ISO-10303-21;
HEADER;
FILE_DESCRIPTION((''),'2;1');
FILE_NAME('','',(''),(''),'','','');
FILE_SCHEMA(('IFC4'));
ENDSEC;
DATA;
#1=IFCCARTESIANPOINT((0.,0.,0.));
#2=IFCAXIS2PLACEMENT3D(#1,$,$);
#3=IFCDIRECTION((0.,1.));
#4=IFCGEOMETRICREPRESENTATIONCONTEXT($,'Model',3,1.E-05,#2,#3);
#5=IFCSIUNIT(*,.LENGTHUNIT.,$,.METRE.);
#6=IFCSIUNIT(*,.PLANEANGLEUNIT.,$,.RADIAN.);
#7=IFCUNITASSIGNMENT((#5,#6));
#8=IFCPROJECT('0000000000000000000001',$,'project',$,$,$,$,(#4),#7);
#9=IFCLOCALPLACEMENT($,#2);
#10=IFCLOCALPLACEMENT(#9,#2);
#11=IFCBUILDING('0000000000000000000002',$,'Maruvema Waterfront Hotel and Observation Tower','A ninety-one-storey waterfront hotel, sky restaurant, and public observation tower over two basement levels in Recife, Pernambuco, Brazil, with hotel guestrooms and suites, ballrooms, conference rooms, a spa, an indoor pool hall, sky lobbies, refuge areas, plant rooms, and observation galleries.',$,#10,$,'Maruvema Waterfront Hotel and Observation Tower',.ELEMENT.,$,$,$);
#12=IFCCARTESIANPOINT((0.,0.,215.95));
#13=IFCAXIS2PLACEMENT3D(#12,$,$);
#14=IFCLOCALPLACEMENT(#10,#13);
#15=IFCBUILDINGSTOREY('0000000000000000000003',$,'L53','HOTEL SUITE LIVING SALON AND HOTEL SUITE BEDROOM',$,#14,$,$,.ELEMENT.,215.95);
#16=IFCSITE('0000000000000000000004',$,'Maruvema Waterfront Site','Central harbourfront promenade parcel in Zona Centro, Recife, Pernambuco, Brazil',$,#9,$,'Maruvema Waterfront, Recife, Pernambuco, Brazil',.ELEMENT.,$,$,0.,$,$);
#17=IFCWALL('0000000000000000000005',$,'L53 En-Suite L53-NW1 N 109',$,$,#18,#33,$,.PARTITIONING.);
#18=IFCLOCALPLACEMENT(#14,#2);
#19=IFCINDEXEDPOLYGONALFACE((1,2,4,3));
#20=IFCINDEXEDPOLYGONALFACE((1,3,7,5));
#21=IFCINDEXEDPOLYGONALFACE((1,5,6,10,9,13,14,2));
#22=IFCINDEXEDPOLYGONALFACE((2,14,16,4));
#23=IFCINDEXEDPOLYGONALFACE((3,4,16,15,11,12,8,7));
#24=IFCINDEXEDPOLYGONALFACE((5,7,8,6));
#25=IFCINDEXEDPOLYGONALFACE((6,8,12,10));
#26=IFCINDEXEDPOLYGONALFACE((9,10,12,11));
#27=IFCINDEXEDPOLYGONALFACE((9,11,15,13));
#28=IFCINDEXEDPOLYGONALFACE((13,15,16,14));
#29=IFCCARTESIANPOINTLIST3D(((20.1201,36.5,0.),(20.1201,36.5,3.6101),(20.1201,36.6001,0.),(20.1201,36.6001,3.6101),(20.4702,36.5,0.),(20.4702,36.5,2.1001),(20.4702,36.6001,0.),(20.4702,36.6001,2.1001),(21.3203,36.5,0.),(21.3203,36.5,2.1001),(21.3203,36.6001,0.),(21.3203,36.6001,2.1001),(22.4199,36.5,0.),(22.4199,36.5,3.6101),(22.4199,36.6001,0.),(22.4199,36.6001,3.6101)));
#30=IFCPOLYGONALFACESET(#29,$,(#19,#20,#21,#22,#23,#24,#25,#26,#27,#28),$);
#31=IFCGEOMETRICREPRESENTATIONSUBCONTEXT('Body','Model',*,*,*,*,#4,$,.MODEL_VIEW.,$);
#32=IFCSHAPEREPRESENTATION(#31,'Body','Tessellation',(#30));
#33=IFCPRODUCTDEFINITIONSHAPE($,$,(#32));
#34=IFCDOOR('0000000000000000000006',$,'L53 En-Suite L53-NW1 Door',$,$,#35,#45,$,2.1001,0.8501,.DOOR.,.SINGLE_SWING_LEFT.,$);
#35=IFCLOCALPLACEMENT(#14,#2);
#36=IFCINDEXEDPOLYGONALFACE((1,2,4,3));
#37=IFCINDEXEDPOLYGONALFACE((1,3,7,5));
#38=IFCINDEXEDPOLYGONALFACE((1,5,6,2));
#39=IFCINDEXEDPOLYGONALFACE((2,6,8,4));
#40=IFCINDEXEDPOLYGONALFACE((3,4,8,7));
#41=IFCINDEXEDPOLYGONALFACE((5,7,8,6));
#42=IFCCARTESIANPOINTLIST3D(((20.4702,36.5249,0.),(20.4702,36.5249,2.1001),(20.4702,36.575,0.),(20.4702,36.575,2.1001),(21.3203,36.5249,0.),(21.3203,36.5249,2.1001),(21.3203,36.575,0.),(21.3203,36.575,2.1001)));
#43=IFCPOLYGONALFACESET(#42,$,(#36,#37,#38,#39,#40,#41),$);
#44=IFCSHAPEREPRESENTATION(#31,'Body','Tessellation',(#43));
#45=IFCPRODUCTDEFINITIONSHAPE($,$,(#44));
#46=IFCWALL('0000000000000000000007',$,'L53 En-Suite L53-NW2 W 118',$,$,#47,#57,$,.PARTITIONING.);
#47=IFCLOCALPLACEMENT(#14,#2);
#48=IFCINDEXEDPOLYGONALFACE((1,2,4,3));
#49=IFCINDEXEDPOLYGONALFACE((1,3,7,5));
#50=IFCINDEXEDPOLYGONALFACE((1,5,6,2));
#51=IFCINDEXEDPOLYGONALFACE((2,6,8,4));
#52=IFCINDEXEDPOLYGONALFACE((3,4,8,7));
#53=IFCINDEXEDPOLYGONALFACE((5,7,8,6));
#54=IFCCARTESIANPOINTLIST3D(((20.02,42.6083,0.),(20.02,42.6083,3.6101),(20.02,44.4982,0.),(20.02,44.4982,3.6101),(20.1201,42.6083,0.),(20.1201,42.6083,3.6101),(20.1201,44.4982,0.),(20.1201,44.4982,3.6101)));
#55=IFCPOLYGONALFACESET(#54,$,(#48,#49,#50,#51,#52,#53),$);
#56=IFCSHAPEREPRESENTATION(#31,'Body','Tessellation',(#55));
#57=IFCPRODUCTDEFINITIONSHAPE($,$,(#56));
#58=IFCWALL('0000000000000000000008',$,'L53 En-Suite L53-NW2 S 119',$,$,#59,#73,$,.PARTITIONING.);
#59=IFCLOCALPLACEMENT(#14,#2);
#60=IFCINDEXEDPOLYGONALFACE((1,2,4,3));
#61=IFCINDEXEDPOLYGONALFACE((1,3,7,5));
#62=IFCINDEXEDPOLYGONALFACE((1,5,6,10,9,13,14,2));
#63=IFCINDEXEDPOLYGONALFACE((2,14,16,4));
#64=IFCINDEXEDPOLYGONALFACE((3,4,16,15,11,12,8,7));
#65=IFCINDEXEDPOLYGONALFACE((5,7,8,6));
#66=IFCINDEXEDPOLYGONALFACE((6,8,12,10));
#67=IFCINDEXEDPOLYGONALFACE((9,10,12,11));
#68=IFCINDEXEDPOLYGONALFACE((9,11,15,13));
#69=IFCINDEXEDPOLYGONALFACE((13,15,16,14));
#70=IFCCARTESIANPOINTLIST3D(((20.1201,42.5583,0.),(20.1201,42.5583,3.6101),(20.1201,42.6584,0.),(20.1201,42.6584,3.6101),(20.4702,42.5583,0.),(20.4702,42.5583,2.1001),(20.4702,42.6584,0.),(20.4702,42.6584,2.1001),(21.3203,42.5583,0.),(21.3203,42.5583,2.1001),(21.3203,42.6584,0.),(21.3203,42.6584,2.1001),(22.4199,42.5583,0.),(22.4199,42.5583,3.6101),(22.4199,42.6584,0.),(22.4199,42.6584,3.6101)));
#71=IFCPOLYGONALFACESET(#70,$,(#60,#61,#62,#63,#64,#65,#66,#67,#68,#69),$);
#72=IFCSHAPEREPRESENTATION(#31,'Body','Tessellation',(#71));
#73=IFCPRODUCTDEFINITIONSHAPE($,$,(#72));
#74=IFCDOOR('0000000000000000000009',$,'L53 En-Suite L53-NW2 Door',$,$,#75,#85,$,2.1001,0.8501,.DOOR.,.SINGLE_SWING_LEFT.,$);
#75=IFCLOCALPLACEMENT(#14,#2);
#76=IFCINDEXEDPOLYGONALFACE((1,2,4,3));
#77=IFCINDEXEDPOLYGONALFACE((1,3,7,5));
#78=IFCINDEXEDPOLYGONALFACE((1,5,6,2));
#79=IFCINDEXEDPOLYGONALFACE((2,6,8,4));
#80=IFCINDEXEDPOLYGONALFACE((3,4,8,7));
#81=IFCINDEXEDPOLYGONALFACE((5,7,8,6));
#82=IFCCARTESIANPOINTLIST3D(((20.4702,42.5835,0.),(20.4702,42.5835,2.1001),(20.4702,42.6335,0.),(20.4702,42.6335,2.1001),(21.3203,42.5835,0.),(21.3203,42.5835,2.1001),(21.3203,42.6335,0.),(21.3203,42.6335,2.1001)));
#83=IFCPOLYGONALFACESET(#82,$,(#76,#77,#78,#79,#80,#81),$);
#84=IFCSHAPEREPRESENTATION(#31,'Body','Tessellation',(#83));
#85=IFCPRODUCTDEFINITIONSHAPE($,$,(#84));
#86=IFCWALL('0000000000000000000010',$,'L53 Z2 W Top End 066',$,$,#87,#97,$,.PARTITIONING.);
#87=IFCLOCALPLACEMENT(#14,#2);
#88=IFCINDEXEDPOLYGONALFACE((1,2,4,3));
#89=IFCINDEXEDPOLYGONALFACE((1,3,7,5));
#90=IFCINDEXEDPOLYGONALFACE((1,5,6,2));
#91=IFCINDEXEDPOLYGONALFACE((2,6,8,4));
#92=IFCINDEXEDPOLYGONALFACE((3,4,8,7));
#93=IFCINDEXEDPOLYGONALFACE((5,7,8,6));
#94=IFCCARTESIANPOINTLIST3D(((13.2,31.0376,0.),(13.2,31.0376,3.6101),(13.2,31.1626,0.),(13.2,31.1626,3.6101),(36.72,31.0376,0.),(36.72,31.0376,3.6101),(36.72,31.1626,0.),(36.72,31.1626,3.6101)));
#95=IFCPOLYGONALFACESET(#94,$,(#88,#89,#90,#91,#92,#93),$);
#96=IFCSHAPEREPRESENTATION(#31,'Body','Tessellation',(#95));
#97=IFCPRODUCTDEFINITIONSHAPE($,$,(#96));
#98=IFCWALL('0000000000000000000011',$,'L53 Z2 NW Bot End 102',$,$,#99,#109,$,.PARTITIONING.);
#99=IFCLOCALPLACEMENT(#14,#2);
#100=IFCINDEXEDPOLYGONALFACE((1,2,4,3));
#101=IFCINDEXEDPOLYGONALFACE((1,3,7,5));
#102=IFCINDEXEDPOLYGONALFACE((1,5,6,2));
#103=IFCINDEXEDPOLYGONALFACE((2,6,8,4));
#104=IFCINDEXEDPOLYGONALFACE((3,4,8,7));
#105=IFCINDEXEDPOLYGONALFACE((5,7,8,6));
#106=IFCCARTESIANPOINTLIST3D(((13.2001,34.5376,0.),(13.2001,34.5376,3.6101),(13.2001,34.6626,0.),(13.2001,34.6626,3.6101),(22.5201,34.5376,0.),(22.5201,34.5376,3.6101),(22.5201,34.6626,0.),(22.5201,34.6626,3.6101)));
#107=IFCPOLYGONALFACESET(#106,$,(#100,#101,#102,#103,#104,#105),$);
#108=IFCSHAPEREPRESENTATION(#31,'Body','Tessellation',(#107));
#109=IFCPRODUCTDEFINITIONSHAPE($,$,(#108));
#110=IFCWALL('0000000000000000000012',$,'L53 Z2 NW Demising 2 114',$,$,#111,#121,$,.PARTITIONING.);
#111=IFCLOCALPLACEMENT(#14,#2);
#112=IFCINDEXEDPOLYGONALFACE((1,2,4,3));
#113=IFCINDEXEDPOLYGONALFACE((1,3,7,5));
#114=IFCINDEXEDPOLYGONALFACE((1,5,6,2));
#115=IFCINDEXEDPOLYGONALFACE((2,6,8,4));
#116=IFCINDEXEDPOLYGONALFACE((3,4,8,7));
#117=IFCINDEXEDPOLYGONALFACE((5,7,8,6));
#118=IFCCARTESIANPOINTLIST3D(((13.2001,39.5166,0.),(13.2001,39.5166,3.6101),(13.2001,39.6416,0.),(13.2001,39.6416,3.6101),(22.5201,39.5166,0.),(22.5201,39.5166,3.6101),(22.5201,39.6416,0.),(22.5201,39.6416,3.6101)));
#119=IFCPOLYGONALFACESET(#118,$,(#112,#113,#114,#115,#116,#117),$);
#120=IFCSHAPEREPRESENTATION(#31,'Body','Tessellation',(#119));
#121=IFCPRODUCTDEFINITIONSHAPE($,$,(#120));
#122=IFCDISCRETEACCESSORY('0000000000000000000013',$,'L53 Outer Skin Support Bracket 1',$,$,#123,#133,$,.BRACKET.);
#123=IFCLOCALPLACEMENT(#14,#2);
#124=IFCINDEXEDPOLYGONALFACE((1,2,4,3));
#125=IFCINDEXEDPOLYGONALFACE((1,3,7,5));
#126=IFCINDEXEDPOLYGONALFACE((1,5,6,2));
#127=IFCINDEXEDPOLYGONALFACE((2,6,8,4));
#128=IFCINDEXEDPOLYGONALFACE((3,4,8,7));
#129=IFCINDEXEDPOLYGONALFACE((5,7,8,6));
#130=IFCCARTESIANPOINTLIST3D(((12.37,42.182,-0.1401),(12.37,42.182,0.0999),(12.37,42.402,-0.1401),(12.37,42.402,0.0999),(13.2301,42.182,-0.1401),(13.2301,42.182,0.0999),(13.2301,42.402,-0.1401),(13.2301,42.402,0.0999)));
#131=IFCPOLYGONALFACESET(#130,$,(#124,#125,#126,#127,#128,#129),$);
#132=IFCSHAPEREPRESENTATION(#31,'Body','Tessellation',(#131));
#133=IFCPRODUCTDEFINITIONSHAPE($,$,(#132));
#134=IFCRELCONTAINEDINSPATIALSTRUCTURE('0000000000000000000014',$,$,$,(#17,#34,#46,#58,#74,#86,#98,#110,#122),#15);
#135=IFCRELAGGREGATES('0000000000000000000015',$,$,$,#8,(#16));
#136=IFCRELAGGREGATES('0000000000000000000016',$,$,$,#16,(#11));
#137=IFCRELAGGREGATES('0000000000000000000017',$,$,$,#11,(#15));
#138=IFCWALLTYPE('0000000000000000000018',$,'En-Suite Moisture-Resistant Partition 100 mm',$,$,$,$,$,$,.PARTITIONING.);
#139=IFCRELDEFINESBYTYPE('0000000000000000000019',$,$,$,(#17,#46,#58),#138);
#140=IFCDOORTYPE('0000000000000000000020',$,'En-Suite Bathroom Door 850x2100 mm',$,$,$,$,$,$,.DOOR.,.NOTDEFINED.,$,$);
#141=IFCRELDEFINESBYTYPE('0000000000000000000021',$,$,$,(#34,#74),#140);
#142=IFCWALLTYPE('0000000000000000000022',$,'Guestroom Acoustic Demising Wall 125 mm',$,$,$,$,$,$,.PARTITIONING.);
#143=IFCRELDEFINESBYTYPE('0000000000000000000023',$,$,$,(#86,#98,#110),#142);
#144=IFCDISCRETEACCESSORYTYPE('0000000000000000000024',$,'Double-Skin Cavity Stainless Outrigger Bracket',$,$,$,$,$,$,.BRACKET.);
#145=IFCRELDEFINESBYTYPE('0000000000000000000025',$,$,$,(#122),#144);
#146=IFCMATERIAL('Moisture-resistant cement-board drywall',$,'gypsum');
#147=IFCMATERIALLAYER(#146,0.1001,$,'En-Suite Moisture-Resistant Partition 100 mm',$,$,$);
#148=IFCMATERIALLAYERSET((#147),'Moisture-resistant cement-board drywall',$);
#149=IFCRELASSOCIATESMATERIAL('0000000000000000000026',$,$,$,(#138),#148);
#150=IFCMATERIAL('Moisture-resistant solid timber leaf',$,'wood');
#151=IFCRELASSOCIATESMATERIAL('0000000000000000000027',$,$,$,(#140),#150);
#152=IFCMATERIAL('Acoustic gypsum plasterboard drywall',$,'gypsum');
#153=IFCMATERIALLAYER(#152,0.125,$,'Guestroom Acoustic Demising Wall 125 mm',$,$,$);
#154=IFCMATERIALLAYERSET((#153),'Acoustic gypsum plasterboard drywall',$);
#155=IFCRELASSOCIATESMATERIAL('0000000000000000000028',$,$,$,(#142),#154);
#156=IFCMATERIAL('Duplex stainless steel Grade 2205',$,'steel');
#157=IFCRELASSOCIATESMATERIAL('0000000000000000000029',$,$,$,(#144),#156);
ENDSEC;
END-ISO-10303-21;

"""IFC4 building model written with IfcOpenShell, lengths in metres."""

from ifc_helpers import new_model, si_unit, direction, frame, frame_2d, origin, origin_2d, place, context, subcontext, project, spatial, rectangle, extrude, material, layer, layer_set, type_object, element, fill, save


model = new_model("IFC4")

# Units and contexts
model_context = context("Model", 3, precision=1e-05, world=origin(), true_north=direction((0.0, 1.0)))
body_context = subcontext(model_context, "Body", "Model", "MODEL_VIEW")
ifc_project = project(units=[si_unit("LENGTHUNIT", "METRE"), si_unit("PLANEANGLEUNIT", "RADIAN")], contexts=[model_context])

# Site, building, storey
site_placement = place(None, origin())
site = spatial("IfcSite", under=ifc_project, at=site_placement, Name="Maruvema Waterfront Site", Description="Central harbourfront promenade parcel in Zona Centro, Recife, Pernambuco, Brazil", LongName="Maruvema Waterfront, Recife, Pernambuco, Brazil", CompositionType="ELEMENT", RefElevation=0.0)
building_placement = place(site_placement, origin())
building = spatial("IfcBuilding", under=site, at=building_placement, Name="Maruvema Waterfront Hotel and Observation Tower", Description="A ninety-one-storey waterfront hotel, sky restaurant, and public observation tower over two basement levels in Recife, Pernambuco, Brazil, with hotel guestrooms and suites, ballrooms, conference rooms, a spa, an indoor pool hall, sky lobbies, refuge areas, plant rooms, and observation galleries.", LongName="Maruvema Waterfront Hotel and Observation Tower", CompositionType="ELEMENT")
storey_placement = place(building_placement, frame((0.0, 0.0, 215.95)))
storey = spatial("IfcBuildingStorey", under=building, at=storey_placement, Name="L53", Description="HOTEL SUITE LIVING SALON AND HOTEL SUITE BEDROOM", CompositionType="ELEMENT", Elevation=215.95)

# Shared definitions
ifc_material_1 = material(Name="Moisture-resistant cement-board drywall", Category="gypsum")
ifc_layer_1 = layer(ifc_material_1, 0.1001, Name="En-Suite Moisture-Resistant Partition 100 mm")
ifc_layer_set_1 = layer_set([ifc_layer_1], Name="Moisture-resistant cement-board drywall")
wall_type_1 = type_object("IfcWallType", Name="En-Suite Moisture-Resistant Partition 100 mm", PredefinedType="PARTITIONING", material=ifc_layer_set_1)

# Wall, opening, door
wall_1_placement = place(storey_placement, frame((20.1201, 36.55, 0.0), z_axis=(0.0, 0.0, 1.0), x_axis=(1.0, 0.0, 0.0)))
wall_1 = element("IfcWall", 1, at=wall_1_placement, inside=storey, type_object=wall_type_1, Name="L53 En-Suite L53-NW1 N 109", PredefinedType="PARTITIONING", context=body_context, shape_type="SweptSolid", body=[
    extrude(rectangle(XDim=2.2998, YDim=0.1001, at=frame_2d((1.1499, 0.0))), origin(), (0.0, 0.0, 1.0), 3.6101),
])
opening_1_placement = place(wall_1_placement, frame((0.3501, 0.0, 0.0)))
opening_1 = element("IfcOpeningElement", 2, at=opening_1_placement, cuts=wall_1, PredefinedType="OPENING", context=body_context, shape_type="SweptSolid", body=[
    extrude(rectangle(XDim=0.8501, YDim=2.1001, at=frame_2d((0.425, 1.05))), frame((0.0, 0.0601, 0.0), z_axis=(0.0, -1.0, 0.0), x_axis=(1.0, 0.0, 0.0)), (0.0, 0.0, 1.0), 0.1201),
])
ifc_material_2 = material(Name="Moisture-resistant solid timber leaf", Category="wood")
door_type_1 = type_object("IfcDoorType", Name="En-Suite Bathroom Door 850x2100 mm", OperationType="NOTDEFINED", PredefinedType="DOOR", material=ifc_material_2)
door_1_placement = place(opening_1_placement, origin())
door_1 = element("IfcDoor", 3, at=door_1_placement, inside=storey, type_object=door_type_1, Name="L53 En-Suite L53-NW1 Door", OperationType="SINGLE_SWING_LEFT", OverallHeight=2.1001, OverallWidth=0.8501, PredefinedType="DOOR", context=body_context, shape_type="SweptSolid", body=[
    extrude(rectangle(XDim=0.8501, YDim=2.1001, at=frame_2d((0.425, 1.05))), frame((0.0, 0.0249, 0.0), z_axis=(0.0, -1.0, 0.0), x_axis=(1.0, 0.0, 0.0)), (0.0, 0.0, 1.0), 0.05),
])
fill(opening_1, door_1)

# Wall
wall_2_placement = place(storey_placement, frame((20.0701, 42.6084, 0.0), z_axis=(0.0, 0.0, 1.0), x_axis=(0.0, 1.0, 0.0)))
element("IfcWall", 4, at=wall_2_placement, inside=storey, type_object=wall_type_1, Name="L53 En-Suite L53-NW2 W 118", PredefinedType="PARTITIONING", context=body_context, shape_type="SweptSolid", body=[
    extrude(rectangle(XDim=1.8899, YDim=0.1001, at=frame_2d((0.9448, 0.0))), origin(), (0.0, 0.0, 1.0), 3.6101),
])

# Wall, opening, door
wall_3_placement = place(storey_placement, frame((20.1201, 42.6084, 0.0), z_axis=(0.0, 0.0, 1.0), x_axis=(1.0, 0.0, 0.0)))
wall_3 = element("IfcWall", 5, at=wall_3_placement, inside=storey, type_object=wall_type_1, Name="L53 En-Suite L53-NW2 S 119", PredefinedType="PARTITIONING", context=body_context, shape_type="SweptSolid", body=[
    extrude(rectangle(XDim=2.2998, YDim=0.1001, at=frame_2d((1.1499, 0.0))), origin(), (0.0, 0.0, 1.0), 3.6101),
])
opening_2_placement = place(wall_3_placement, frame((0.3501, 0.0, 0.0)))
opening_2 = element("IfcOpeningElement", 6, at=opening_2_placement, cuts=wall_3, PredefinedType="OPENING", context=body_context, shape_type="SweptSolid", body=[
    extrude(rectangle(XDim=0.8501, YDim=2.1001, at=frame_2d((0.425, 1.05))), frame((0.0, 0.0601, 0.0), z_axis=(0.0, -1.0, 0.0), x_axis=(1.0, 0.0, 0.0)), (0.0, 0.0, 1.0), 0.1201),
])
door_2_placement = place(opening_2_placement, frame((0.8501, 0.0, 0.0), z_axis=(0.0, 0.0, 1.0), x_axis=(-1.0, 0.0, 0.0)))
door_2 = element("IfcDoor", 7, at=door_2_placement, inside=storey, type_object=door_type_1, Name="L53 En-Suite L53-NW2 Door", OperationType="SINGLE_SWING_LEFT", OverallHeight=2.1001, OverallWidth=0.8501, PredefinedType="DOOR", context=body_context, shape_type="SweptSolid", body=[
    extrude(rectangle(XDim=0.8501, YDim=2.1001, at=frame_2d((0.425, 1.05))), frame((0.0, 0.0249, 0.0), z_axis=(0.0, -1.0, 0.0), x_axis=(1.0, 0.0, 0.0)), (0.0, 0.0, 1.0), 0.05),
])
fill(opening_2, door_2)

# Walls
ifc_material_3 = material(Name="Acoustic gypsum plasterboard drywall", Category="gypsum")
ifc_layer_2 = layer(ifc_material_3, 0.125, Name="Guestroom Acoustic Demising Wall 125 mm")
ifc_layer_set_2 = layer_set([ifc_layer_2], Name="Acoustic gypsum plasterboard drywall")
wall_type_2 = type_object("IfcWallType", Name="Guestroom Acoustic Demising Wall 125 mm", PredefinedType="PARTITIONING", material=ifc_layer_set_2)
wall_4_placement = place(storey_placement, frame((13.2, 31.1001, 0.0), z_axis=(0.0, 0.0, 1.0), x_axis=(1.0, 0.0, 0.0)))
element("IfcWall", 8, at=wall_4_placement, inside=storey, type_object=wall_type_2, Name="L53 Z2 W Top End 066", PredefinedType="PARTITIONING", context=body_context, shape_type="SweptSolid", body=[
    extrude(rectangle(XDim=23.52, YDim=0.125, at=frame_2d((11.76, 0.0))), origin(), (0.0, 0.0, 1.0), 3.6101),
])
for number, where, z_axis, x_axis, name in (
    (9, (13.2, 34.6001, 0.0), (0.0, 0.0, 1.0), (1.0, 0.0, 0.0), "L53 Z2 NW Bot End 102"),
    (10, (13.2, 39.5791, 0.0), (0.0, 0.0, 1.0), (1.0, 0.0, 0.0), "L53 Z2 NW Demising 2 114"),
):
    element("IfcWall", number, at=place(storey_placement, frame(where, z_axis=z_axis, x_axis=x_axis)), inside=storey, type_object=wall_type_2, Name=name, PredefinedType="PARTITIONING", context=body_context, shape_type="SweptSolid", body=[
        extrude(rectangle(XDim=9.3201, YDim=0.125, at=frame_2d((4.6602, 0.0))), origin(), (0.0, 0.0, 1.0), 3.6101),
    ])

# Discrete accessory
ifc_material_4 = material(Name="Duplex stainless steel Grade 2205", Category="steel")
discrete_accessory_type = type_object("IfcDiscreteAccessoryType", Name="Double-Skin Cavity Stainless Outrigger Bracket", PredefinedType="BRACKET", material=ifc_material_4)
discrete_accessory_placement = place(storey_placement, frame((12.8, 42.292, -0.1401), z_axis=(0.0, 0.0, 1.0), x_axis=(0.0, -1.0, 0.0)))
element("IfcDiscreteAccessory", 11, at=discrete_accessory_placement, inside=storey, type_object=discrete_accessory_type, Name="L53 Outer Skin Support Bracket 1", PredefinedType="BRACKET", context=body_context, shape_type="SweptSolid", body=[
    extrude(rectangle(XDim=0.22, YDim=0.8601, at=origin_2d()), origin(), (0.0, 0.0, 1.0), 0.24),
])

save(model, "model.ifc")
